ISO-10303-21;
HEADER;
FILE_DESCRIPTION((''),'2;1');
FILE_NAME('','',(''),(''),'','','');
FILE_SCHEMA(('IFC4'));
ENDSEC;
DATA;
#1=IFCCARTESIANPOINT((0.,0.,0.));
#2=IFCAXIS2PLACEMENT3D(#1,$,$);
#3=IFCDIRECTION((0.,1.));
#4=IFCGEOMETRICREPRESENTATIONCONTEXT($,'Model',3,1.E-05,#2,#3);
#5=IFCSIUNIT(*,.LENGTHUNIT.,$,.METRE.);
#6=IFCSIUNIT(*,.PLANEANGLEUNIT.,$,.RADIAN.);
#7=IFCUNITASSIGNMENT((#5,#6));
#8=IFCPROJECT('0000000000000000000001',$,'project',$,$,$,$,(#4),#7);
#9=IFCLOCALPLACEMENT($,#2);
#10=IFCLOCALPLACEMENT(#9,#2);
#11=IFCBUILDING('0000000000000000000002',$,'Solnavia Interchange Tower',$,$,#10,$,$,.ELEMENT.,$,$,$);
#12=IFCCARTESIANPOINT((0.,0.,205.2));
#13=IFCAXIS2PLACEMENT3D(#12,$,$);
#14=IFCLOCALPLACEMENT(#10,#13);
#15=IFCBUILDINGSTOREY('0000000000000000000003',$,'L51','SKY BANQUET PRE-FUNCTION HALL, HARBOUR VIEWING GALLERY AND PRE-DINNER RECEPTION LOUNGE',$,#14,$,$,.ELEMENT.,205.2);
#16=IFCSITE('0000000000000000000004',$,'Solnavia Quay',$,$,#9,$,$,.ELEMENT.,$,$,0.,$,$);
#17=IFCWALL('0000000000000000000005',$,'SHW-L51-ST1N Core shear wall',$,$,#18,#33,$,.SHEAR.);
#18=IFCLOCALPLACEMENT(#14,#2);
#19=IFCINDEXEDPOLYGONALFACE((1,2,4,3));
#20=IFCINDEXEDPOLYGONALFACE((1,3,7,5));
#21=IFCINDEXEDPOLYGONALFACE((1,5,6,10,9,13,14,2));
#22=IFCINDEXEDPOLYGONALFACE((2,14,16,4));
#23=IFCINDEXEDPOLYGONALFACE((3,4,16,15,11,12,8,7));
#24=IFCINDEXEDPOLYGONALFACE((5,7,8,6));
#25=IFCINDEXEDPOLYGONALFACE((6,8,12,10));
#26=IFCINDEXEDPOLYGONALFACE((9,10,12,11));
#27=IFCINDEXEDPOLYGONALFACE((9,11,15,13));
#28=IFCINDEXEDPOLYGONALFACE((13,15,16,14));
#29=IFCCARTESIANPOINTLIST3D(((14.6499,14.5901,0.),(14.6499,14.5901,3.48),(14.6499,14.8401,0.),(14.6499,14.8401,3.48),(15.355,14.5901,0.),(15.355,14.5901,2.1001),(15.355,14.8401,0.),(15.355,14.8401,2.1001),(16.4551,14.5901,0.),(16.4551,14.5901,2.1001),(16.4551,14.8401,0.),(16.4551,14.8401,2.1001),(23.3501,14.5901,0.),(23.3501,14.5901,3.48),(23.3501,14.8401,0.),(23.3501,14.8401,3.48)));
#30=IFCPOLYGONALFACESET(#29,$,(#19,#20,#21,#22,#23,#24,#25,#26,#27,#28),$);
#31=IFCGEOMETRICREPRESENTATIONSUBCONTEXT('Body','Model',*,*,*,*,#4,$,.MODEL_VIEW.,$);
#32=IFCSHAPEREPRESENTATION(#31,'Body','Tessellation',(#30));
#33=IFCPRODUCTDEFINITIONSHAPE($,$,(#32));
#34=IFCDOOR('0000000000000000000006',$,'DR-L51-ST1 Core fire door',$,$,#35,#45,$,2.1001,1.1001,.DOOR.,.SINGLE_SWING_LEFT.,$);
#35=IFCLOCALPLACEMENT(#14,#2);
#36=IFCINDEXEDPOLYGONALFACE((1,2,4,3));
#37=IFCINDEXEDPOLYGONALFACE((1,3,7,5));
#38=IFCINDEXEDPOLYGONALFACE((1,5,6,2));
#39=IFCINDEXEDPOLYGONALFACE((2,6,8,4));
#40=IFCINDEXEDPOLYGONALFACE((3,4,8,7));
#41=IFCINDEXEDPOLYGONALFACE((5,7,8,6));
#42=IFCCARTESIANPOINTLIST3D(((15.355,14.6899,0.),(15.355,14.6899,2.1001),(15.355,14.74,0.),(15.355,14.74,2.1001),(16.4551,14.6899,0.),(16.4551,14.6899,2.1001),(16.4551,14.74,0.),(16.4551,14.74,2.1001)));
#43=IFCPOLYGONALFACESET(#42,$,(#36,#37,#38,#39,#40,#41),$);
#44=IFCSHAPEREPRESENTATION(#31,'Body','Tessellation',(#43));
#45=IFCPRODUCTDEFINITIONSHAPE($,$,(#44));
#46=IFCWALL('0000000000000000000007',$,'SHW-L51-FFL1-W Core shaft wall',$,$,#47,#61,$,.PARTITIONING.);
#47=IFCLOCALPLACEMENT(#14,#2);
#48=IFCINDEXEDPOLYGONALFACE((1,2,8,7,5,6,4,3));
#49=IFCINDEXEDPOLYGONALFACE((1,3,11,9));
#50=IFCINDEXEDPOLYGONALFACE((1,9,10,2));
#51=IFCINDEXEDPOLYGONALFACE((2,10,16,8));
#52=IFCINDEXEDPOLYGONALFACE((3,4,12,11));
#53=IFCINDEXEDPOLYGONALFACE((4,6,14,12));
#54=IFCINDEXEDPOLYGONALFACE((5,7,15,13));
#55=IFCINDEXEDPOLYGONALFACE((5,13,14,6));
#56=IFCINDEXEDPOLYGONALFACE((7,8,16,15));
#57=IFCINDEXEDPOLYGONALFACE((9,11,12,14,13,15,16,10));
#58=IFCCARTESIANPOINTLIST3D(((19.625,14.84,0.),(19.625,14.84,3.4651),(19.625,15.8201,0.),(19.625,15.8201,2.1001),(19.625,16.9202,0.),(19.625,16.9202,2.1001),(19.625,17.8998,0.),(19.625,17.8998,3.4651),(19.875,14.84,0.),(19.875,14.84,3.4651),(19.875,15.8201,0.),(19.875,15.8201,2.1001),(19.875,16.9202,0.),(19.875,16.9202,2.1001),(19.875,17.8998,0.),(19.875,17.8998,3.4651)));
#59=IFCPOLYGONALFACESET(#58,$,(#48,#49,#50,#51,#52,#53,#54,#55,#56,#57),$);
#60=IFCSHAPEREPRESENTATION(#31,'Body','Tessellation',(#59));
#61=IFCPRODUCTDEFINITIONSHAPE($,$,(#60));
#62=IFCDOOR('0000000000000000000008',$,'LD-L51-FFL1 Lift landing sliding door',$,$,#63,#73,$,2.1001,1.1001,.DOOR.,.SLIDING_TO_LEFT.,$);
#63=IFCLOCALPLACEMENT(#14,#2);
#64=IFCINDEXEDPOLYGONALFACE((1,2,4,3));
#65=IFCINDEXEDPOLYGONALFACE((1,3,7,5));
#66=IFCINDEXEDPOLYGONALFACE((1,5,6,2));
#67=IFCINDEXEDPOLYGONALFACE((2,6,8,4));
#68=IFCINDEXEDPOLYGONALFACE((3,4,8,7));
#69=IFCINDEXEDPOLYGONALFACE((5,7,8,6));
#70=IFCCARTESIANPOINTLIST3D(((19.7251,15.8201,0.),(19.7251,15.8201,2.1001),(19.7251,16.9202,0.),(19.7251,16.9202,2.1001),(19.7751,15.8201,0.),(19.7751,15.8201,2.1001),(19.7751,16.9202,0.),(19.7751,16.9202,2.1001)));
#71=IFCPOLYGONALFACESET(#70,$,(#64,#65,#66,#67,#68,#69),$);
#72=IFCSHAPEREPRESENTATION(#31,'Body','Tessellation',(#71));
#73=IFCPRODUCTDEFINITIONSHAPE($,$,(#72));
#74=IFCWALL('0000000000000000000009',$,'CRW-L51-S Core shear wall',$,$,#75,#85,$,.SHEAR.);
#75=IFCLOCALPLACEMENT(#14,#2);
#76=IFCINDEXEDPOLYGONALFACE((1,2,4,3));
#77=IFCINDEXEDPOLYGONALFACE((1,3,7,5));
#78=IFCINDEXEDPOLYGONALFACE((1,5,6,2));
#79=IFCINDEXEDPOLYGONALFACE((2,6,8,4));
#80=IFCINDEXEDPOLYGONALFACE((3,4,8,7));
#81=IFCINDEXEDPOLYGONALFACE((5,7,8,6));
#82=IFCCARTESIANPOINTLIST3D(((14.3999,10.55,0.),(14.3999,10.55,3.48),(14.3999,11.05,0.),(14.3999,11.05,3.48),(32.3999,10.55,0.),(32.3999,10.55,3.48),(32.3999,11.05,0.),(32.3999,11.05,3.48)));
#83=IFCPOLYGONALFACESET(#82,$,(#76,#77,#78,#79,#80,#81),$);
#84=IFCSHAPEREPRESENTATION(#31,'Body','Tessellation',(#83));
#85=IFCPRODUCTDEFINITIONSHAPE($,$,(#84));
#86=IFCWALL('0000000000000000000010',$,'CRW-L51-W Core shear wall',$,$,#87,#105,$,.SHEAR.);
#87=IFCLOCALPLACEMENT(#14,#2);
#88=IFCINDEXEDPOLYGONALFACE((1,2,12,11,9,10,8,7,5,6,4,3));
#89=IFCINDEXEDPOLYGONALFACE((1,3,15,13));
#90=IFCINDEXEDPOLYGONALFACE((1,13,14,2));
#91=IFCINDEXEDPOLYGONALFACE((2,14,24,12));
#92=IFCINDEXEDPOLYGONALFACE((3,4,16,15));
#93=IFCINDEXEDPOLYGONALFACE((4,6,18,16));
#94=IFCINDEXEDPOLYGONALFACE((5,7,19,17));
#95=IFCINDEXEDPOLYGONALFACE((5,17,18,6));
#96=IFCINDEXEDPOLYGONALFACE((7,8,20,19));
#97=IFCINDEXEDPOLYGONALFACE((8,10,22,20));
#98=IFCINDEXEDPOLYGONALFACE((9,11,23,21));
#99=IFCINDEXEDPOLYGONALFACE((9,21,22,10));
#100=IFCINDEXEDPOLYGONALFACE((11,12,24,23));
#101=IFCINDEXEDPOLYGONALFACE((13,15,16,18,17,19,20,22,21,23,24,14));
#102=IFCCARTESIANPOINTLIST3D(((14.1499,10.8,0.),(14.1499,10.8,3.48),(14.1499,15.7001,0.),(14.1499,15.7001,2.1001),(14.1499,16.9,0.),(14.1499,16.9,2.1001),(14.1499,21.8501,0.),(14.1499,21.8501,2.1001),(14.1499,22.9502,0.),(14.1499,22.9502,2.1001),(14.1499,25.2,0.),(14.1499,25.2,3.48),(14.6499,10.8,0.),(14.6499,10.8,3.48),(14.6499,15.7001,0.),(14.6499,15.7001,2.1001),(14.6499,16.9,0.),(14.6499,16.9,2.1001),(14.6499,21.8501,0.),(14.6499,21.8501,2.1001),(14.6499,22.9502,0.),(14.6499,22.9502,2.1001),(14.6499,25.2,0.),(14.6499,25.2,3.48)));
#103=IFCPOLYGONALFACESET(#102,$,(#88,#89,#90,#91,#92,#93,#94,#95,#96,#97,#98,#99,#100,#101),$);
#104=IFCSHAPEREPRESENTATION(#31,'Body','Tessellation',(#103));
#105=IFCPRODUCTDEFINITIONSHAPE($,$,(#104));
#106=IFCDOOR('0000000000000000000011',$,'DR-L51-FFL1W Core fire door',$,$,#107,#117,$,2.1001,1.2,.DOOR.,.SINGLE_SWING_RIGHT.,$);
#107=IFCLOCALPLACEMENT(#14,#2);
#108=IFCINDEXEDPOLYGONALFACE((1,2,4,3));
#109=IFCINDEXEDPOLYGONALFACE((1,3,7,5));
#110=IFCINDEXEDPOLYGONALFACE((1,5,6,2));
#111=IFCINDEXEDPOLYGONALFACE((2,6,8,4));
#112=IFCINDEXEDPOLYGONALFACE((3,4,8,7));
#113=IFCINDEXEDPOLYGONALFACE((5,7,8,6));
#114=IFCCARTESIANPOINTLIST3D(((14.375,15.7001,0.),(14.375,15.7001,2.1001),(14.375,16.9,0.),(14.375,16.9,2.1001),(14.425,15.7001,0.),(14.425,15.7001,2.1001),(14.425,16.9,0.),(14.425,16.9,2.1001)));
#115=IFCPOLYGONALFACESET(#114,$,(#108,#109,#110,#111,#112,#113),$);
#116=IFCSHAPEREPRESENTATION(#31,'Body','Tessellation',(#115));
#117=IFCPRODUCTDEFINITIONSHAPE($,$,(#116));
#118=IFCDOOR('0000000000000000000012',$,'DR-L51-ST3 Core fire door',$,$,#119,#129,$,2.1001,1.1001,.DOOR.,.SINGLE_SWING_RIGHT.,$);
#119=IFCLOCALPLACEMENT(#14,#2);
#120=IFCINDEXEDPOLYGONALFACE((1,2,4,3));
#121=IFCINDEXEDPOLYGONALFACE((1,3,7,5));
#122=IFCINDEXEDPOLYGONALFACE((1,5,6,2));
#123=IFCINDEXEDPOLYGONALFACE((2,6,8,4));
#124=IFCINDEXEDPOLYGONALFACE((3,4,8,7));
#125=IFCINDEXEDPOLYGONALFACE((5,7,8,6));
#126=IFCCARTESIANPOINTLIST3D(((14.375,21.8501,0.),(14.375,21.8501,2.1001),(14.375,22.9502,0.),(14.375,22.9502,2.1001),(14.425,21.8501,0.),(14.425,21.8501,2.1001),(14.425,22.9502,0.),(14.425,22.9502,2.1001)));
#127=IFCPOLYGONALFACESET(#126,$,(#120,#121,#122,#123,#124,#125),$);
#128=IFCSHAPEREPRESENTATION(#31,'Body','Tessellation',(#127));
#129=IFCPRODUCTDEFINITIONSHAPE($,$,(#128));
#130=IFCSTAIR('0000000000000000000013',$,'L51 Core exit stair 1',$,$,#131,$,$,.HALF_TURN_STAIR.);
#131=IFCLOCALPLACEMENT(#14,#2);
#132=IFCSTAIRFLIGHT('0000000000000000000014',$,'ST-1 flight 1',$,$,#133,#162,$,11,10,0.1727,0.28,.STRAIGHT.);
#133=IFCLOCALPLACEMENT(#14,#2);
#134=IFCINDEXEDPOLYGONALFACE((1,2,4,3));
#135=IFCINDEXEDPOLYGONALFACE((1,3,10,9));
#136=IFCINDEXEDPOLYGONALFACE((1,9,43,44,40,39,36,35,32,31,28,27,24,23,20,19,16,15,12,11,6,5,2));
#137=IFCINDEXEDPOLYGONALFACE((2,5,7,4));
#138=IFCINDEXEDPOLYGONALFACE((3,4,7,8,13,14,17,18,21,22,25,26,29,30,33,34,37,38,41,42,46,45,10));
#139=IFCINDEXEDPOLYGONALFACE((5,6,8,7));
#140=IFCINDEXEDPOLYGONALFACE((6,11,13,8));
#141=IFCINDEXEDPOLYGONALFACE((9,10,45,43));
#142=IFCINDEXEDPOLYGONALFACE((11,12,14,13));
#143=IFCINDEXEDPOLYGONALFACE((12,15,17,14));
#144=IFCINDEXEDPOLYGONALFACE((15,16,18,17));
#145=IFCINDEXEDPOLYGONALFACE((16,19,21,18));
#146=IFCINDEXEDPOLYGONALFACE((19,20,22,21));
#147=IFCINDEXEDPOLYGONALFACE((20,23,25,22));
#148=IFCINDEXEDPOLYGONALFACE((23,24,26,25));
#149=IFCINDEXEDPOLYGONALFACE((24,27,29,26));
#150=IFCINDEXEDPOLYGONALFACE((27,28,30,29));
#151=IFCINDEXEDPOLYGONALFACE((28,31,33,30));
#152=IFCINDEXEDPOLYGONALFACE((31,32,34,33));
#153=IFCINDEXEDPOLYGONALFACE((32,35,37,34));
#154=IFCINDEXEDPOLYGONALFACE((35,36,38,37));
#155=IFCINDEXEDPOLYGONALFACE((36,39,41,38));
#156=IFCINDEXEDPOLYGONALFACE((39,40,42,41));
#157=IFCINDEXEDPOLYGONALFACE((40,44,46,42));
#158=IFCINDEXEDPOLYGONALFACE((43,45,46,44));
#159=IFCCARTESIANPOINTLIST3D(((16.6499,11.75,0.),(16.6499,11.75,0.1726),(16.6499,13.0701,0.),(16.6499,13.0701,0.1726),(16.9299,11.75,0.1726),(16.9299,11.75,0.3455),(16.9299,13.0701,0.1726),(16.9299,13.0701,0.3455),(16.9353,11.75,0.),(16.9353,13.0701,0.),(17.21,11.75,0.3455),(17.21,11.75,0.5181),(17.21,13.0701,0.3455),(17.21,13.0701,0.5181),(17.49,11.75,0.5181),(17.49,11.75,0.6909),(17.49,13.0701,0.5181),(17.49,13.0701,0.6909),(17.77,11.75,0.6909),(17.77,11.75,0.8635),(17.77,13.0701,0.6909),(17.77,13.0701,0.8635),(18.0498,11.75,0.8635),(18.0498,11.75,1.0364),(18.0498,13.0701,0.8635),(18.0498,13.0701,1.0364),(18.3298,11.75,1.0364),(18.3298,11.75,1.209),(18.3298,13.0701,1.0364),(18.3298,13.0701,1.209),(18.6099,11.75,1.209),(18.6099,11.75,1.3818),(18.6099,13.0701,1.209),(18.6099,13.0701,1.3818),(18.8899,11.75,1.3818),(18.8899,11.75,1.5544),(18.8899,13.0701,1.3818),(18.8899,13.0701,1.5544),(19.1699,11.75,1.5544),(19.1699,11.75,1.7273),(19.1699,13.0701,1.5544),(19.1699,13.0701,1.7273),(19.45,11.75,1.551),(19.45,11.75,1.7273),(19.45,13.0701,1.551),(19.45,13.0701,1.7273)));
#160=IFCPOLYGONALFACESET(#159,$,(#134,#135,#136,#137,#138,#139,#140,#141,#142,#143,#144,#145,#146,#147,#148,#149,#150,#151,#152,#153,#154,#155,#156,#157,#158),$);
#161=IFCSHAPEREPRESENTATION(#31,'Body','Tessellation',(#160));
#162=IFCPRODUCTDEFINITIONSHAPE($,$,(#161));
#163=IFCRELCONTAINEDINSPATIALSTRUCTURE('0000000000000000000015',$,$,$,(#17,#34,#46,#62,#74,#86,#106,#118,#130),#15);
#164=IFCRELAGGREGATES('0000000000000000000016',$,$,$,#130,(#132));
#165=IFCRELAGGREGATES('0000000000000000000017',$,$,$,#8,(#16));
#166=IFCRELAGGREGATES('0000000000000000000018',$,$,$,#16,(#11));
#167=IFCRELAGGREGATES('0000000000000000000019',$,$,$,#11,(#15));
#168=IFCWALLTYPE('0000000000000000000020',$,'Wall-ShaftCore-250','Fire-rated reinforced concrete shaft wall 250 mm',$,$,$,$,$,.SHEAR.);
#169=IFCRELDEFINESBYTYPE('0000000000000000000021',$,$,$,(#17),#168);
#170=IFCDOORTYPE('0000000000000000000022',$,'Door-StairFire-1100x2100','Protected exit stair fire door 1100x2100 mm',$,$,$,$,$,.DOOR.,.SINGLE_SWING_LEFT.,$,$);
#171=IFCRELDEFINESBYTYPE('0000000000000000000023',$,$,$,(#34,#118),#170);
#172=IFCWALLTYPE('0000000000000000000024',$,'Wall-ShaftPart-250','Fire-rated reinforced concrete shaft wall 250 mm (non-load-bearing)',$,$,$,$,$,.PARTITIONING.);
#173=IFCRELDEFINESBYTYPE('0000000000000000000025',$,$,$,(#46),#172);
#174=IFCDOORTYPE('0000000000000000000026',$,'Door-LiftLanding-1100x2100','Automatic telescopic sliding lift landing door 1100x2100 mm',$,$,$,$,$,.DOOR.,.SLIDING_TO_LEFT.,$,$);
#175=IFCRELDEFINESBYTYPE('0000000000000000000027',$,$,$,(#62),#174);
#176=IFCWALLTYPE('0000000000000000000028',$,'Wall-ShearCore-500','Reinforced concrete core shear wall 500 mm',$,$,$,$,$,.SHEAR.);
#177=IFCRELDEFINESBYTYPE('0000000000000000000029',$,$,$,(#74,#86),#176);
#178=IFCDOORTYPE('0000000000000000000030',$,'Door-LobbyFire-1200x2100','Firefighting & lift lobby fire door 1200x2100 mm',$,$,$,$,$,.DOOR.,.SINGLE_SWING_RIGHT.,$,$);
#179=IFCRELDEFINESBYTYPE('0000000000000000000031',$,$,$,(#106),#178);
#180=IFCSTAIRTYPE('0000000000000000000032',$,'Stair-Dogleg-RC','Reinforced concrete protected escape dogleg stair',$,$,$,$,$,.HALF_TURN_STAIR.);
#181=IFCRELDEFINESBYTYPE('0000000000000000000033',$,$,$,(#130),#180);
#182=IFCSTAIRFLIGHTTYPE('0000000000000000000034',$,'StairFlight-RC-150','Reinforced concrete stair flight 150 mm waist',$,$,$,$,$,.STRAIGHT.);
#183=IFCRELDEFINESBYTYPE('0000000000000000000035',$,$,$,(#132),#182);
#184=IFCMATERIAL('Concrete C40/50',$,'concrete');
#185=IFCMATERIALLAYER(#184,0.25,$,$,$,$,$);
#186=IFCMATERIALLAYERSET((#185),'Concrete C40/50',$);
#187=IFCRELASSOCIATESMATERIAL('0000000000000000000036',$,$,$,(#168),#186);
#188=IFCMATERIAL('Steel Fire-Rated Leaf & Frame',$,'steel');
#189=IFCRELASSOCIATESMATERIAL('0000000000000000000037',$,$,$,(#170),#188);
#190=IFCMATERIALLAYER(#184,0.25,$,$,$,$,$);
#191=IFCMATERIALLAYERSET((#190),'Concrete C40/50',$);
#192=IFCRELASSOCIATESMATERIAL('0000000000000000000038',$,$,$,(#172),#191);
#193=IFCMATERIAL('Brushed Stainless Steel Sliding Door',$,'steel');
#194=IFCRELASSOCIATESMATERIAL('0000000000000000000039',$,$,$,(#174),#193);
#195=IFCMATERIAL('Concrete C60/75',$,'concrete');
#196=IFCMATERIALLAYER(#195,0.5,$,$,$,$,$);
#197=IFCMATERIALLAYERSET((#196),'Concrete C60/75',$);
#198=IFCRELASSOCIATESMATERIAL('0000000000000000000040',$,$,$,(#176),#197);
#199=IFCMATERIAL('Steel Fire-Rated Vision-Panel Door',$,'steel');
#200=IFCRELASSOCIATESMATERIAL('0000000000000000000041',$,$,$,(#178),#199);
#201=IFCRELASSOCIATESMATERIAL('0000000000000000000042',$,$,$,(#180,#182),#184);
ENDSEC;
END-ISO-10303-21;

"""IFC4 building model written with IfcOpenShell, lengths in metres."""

from ifc_helpers import new_model, si_unit, direction, frame, frame_2d, origin, place, context, subcontext, project, spatial, polyline, rectangle, outline, extrude, material, layer, layer_set, type_object, element, fill, aggregate, save


model = new_model("IFC4")

# Units and contexts
model_context = context("Model", 3, precision=1e-05, world=origin(), true_north=direction((0.0, 1.0)))
body_context = subcontext(model_context, "Body", "Model", "MODEL_VIEW")
ifc_project = project(units=[si_unit("LENGTHUNIT", "METRE"), si_unit("PLANEANGLEUNIT", "RADIAN")], contexts=[model_context])

# Site, building, storey
site_placement = place(None, origin())
site = spatial("IfcSite", under=ifc_project, at=site_placement, Name="Solnavia Quay", CompositionType="ELEMENT", RefElevation=0.0)
building_placement = place(site_placement, origin())
building = spatial("IfcBuilding", under=site, at=building_placement, Name="Solnavia Interchange Tower", CompositionType="ELEMENT")
storey_placement = place(building_placement, frame((0.0, 0.0, 205.2)))
storey = spatial("IfcBuildingStorey", under=building, at=storey_placement, Name="L51", Description="SKY BANQUET PRE-FUNCTION HALL, HARBOUR VIEWING GALLERY AND PRE-DINNER RECEPTION LOUNGE", CompositionType="ELEMENT", Elevation=205.2)

# Shared definitions
ifc_material_1 = material(Name="Concrete C40/50", Category="concrete")
ifc_layer_1 = layer(ifc_material_1, 0.25)
ifc_layer_set_1 = layer_set([ifc_layer_1], Name="Concrete C40/50")
wall_type_1 = type_object("IfcWallType", Name="Wall-ShaftCore-250", Description="Fire-rated reinforced concrete shaft wall 250 mm", PredefinedType="SHEAR", material=ifc_layer_set_1)

# Walls, openings, doors
wall_1_placement = place(storey_placement, frame((14.6499, 14.7151, 0.0), z_axis=(0.0, 0.0, 1.0), x_axis=(1.0, 0.0, 0.0)))
wall_1 = element("IfcWall", 1, at=wall_1_placement, inside=storey, type_object=wall_type_1, Name="SHW-L51-ST1N Core shear wall", PredefinedType="SHEAR", context=body_context, shape_type="SweptSolid", body=[
    extrude(rectangle(XDim=8.7002, YDim=0.25, at=frame_2d((4.3501, 0.0))), origin(), (0.0, 0.0, 1.0), 3.48),
])
opening_1_placement = place(wall_1_placement, frame((0.7051, 0.0, 0.0)))
opening_1 = element("IfcOpeningElement", 2, at=opening_1_placement, cuts=wall_1, PredefinedType="OPENING", context=body_context, shape_type="SweptSolid", body=[
    extrude(rectangle(XDim=1.1001, YDim=2.1001, at=frame_2d((0.55, 1.05))), frame((0.0, 0.135, 0.0), z_axis=(0.0, -1.0, 0.0), x_axis=(1.0, 0.0, 0.0)), (0.0, 0.0, 1.0), 0.27),
])
ifc_material_2 = material(Name="Steel Fire-Rated Leaf & Frame", Category="steel")
door_type_1 = type_object("IfcDoorType", Name="Door-StairFire-1100x2100", Description="Protected exit stair fire door 1100x2100 mm", OperationType="SINGLE_SWING_LEFT", PredefinedType="DOOR", material=ifc_material_2)
door_1_placement = place(opening_1_placement, origin())
door_1 = element("IfcDoor", 3, at=door_1_placement, inside=storey, type_object=door_type_1, Name="DR-L51-ST1 Core fire door", OperationType="SINGLE_SWING_LEFT", OverallHeight=2.1001, OverallWidth=1.1001, PredefinedType="DOOR", context=body_context, shape_type="SweptSolid", body=[
    extrude(rectangle(XDim=1.1001, YDim=2.1001, at=frame_2d((0.55, 1.05))), frame((0.0, 0.0249, 0.0), z_axis=(0.0, -1.0, 0.0), x_axis=(1.0, 0.0, 0.0)), (0.0, 0.0, 1.0), 0.05),
])
fill(opening_1, door_1)
ifc_layer_2 = layer(ifc_material_1, 0.25)
ifc_layer_set_2 = layer_set([ifc_layer_2], Name="Concrete C40/50")
wall_type_2 = type_object("IfcWallType", Name="Wall-ShaftPart-250", Description="Fire-rated reinforced concrete shaft wall 250 mm (non-load-bearing)", PredefinedType="PARTITIONING", material=ifc_layer_set_2)
wall_2_placement = place(storey_placement, frame((19.75, 14.8401, 0.0), z_axis=(0.0, 0.0, 1.0), x_axis=(0.0, 1.0, 0.0)))
wall_2 = element("IfcWall", 4, at=wall_2_placement, inside=storey, type_object=wall_type_2, Name="SHW-L51-FFL1-W Core shaft wall", PredefinedType="PARTITIONING", context=body_context, shape_type="SweptSolid", body=[
    extrude(rectangle(XDim=3.0598, YDim=0.25, at=frame_2d((1.5298, 0.0))), origin(), (0.0, 0.0, 1.0), 3.4651),
])
opening_2_placement = place(wall_2_placement, frame((0.98, 0.0, 0.0)))
opening_2 = element("IfcOpeningElement", 5, at=opening_2_placement, cuts=wall_2, PredefinedType="OPENING", context=body_context, shape_type="SweptSolid", body=[
    extrude(rectangle(XDim=1.1001, YDim=2.1001, at=frame_2d((0.55, 1.05))), frame((0.0, 0.135, 0.0), z_axis=(0.0, -1.0, 0.0), x_axis=(1.0, 0.0, 0.0)), (0.0, 0.0, 1.0), 0.27),
])
ifc_material_3 = material(Name="Brushed Stainless Steel Sliding Door", Category="steel")
door_type_2 = type_object("IfcDoorType", Name="Door-LiftLanding-1100x2100", Description="Automatic telescopic sliding lift landing door 1100x2100 mm", OperationType="SLIDING_TO_LEFT", PredefinedType="DOOR", material=ifc_material_3)
door_2_placement = place(opening_2_placement, origin())
door_2 = element("IfcDoor", 6, at=door_2_placement, inside=storey, type_object=door_type_2, Name="LD-L51-FFL1 Lift landing sliding door", OperationType="SLIDING_TO_LEFT", OverallHeight=2.1001, OverallWidth=1.1001, PredefinedType="DOOR", context=body_context, shape_type="SweptSolid", body=[
    extrude(rectangle(XDim=1.1001, YDim=2.1001, at=frame_2d((0.55, 1.05))), frame((0.0, 0.0249, 0.0), z_axis=(0.0, -1.0, 0.0), x_axis=(1.0, 0.0, 0.0)), (0.0, 0.0, 1.0), 0.05),
])
fill(opening_2, door_2)

# Wall
ifc_material_4 = material(Name="Concrete C60/75", Category="concrete")
ifc_layer_3 = layer(ifc_material_4, 0.5)
ifc_layer_set_3 = layer_set([ifc_layer_3], Name="Concrete C60/75")
wall_type_3 = type_object("IfcWallType", Name="Wall-ShearCore-500", Description="Reinforced concrete core shear wall 500 mm", PredefinedType="SHEAR", material=ifc_layer_set_3)
wall_3_placement = place(storey_placement, frame((14.3999, 10.8, 0.0), z_axis=(0.0, 0.0, 1.0), x_axis=(1.0, 0.0, 0.0)))
element("IfcWall", 7, at=wall_3_placement, inside=storey, type_object=wall_type_3, Name="CRW-L51-S Core shear wall", PredefinedType="SHEAR", context=body_context, shape_type="SweptSolid", body=[
    extrude(rectangle(XDim=18.0, YDim=0.5, at=frame_2d((9.0, 0.0))), origin(), (0.0, 0.0, 1.0), 3.48),
])

# Wall, openings, doors
wall_4_placement = place(storey_placement, frame((14.3999, 10.8, 0.0), z_axis=(0.0, 0.0, 1.0), x_axis=(0.0, 1.0, 0.0)))
wall_4 = element("IfcWall", 8, at=wall_4_placement, inside=storey, type_object=wall_type_3, Name="CRW-L51-W Core shear wall", PredefinedType="SHEAR", context=body_context, shape_type="SweptSolid", body=[
    extrude(rectangle(XDim=14.3999, YDim=0.5, at=frame_2d((7.2, 0.0))), origin(), (0.0, 0.0, 1.0), 3.48),
])
opening_3_placement = place(wall_4_placement, frame((11.05, 0.0, 0.0)))
opening_3 = element("IfcOpeningElement", 9, at=opening_3_placement, cuts=wall_4, PredefinedType="OPENING", context=body_context, shape_type="SweptSolid", body=[
    extrude(rectangle(XDim=1.1001, YDim=2.1001, at=frame_2d((0.55, 1.05))), frame((0.0, 0.26, 0.0), z_axis=(0.0, -1.0, 0.0), x_axis=(1.0, 0.0, 0.0)), (0.0, 0.0, 1.0), 0.52),
])
opening_4_placement = place(wall_4_placement, frame((4.8999, 0.0, 0.0)))
opening_4 = element("IfcOpeningElement", 10, at=opening_4_placement, cuts=wall_4, PredefinedType="OPENING", context=body_context, shape_type="SweptSolid", body=[
    extrude(rectangle(XDim=1.2, YDim=2.1001, at=frame_2d((0.6001, 1.05))), frame((0.0, 0.26, 0.0), z_axis=(0.0, -1.0, 0.0), x_axis=(1.0, 0.0, 0.0)), (0.0, 0.0, 1.0), 0.52),
])
ifc_material_5 = material(Name="Steel Fire-Rated Vision-Panel Door", Category="steel")
door_type_3 = type_object("IfcDoorType", Name="Door-LobbyFire-1200x2100", Description="Firefighting & lift lobby fire door 1200x2100 mm", OperationType="SINGLE_SWING_RIGHT", PredefinedType="DOOR", material=ifc_material_5)
door_3_placement = place(opening_4_placement, origin())
door_3 = element("IfcDoor", 11, at=door_3_placement, inside=storey, type_object=door_type_3, Name="DR-L51-FFL1W Core fire door", OperationType="SINGLE_SWING_RIGHT", OverallHeight=2.1001, OverallWidth=1.2, PredefinedType="DOOR", context=body_context, shape_type="SweptSolid", body=[
    extrude(rectangle(XDim=1.2, YDim=2.1001, at=frame_2d((0.6001, 1.05))), frame((0.0, 0.0249, 0.0), z_axis=(0.0, -1.0, 0.0), x_axis=(1.0, 0.0, 0.0)), (0.0, 0.0, 1.0), 0.05),
])
fill(opening_4, door_3)
door_4_placement = place(opening_3_placement, origin())
door_4 = element("IfcDoor", 12, at=door_4_placement, inside=storey, type_object=door_type_1, Name="DR-L51-ST3 Core fire door", OperationType="SINGLE_SWING_RIGHT", OverallHeight=2.1001, OverallWidth=1.1001, PredefinedType="DOOR", context=body_context, shape_type="SweptSolid", body=[
    extrude(rectangle(XDim=1.1001, YDim=2.1001, at=frame_2d((0.55, 1.05))), frame((0.0, 0.0249, 0.0), z_axis=(0.0, -1.0, 0.0), x_axis=(1.0, 0.0, 0.0)), (0.0, 0.0, 1.0), 0.05),
])
fill(opening_3, door_4)

# Stair, stair flight
stair_type = type_object("IfcStairType", Name="Stair-Dogleg-RC", Description="Reinforced concrete protected escape dogleg stair", PredefinedType="HALF_TURN_STAIR", material=ifc_material_1)
stair_placement = place(storey_placement, origin())
stair = element("IfcStair", 13, at=stair_placement, inside=storey, type_object=stair_type, Name="L51 Core exit stair 1", PredefinedType="HALF_TURN_STAIR")
stair_flight_type = type_object("IfcStairFlightType", Name="StairFlight-RC-150", Description="Reinforced concrete stair flight 150 mm waist", PredefinedType="STRAIGHT", material=ifc_material_1)
stair_flight_1_placement = place(storey_placement, frame((16.6499, 12.4099, 0.0), z_axis=(0.0, 0.0, 1.0), x_axis=(1.0, 0.0, 0.0)))
stair_flight_1 = element("IfcStairFlight", 14, at=stair_flight_1_placement, type_object=stair_flight_type, Name="ST-1 flight 1", NumberOfRisers=11, NumberOfTreads=10, PredefinedType="STRAIGHT", RiserHeight=0.1727, TreadLength=0.28, context=body_context, shape_type="SweptSolid", body=[
    extrude(outline(polyline([(0.0, 0.0), (0.0, 0.1726), (0.28, 0.1726), (0.28, 0.3455), (0.5601, 0.3455), (0.5601, 0.5181), (0.8401, 0.5181), (0.8401, 0.6909), (1.1201, 0.6909), (1.1201, 0.8635), (1.3999, 0.8635), (1.3999, 1.0364), (1.6799, 1.0364), (1.6799, 1.209), (1.96, 1.209), (1.96, 1.3818), (2.24, 1.3818), (2.24, 1.5544), (2.52, 1.5544), (2.52, 1.7273), (2.8, 1.7273), (2.8, 1.8999), (2.8, 1.551), (0.2854, 0.0), (0.0, 0.0)])), frame((0.0, 0.6602, 0.0), z_axis=(0.0, -1.0, 0.0), x_axis=(1.0, 0.0, 0.0)), (0.0, 0.0, 1.0), 1.3201),
])
aggregate(stair, [stair_flight_1])

save(model, "model.ifc")
